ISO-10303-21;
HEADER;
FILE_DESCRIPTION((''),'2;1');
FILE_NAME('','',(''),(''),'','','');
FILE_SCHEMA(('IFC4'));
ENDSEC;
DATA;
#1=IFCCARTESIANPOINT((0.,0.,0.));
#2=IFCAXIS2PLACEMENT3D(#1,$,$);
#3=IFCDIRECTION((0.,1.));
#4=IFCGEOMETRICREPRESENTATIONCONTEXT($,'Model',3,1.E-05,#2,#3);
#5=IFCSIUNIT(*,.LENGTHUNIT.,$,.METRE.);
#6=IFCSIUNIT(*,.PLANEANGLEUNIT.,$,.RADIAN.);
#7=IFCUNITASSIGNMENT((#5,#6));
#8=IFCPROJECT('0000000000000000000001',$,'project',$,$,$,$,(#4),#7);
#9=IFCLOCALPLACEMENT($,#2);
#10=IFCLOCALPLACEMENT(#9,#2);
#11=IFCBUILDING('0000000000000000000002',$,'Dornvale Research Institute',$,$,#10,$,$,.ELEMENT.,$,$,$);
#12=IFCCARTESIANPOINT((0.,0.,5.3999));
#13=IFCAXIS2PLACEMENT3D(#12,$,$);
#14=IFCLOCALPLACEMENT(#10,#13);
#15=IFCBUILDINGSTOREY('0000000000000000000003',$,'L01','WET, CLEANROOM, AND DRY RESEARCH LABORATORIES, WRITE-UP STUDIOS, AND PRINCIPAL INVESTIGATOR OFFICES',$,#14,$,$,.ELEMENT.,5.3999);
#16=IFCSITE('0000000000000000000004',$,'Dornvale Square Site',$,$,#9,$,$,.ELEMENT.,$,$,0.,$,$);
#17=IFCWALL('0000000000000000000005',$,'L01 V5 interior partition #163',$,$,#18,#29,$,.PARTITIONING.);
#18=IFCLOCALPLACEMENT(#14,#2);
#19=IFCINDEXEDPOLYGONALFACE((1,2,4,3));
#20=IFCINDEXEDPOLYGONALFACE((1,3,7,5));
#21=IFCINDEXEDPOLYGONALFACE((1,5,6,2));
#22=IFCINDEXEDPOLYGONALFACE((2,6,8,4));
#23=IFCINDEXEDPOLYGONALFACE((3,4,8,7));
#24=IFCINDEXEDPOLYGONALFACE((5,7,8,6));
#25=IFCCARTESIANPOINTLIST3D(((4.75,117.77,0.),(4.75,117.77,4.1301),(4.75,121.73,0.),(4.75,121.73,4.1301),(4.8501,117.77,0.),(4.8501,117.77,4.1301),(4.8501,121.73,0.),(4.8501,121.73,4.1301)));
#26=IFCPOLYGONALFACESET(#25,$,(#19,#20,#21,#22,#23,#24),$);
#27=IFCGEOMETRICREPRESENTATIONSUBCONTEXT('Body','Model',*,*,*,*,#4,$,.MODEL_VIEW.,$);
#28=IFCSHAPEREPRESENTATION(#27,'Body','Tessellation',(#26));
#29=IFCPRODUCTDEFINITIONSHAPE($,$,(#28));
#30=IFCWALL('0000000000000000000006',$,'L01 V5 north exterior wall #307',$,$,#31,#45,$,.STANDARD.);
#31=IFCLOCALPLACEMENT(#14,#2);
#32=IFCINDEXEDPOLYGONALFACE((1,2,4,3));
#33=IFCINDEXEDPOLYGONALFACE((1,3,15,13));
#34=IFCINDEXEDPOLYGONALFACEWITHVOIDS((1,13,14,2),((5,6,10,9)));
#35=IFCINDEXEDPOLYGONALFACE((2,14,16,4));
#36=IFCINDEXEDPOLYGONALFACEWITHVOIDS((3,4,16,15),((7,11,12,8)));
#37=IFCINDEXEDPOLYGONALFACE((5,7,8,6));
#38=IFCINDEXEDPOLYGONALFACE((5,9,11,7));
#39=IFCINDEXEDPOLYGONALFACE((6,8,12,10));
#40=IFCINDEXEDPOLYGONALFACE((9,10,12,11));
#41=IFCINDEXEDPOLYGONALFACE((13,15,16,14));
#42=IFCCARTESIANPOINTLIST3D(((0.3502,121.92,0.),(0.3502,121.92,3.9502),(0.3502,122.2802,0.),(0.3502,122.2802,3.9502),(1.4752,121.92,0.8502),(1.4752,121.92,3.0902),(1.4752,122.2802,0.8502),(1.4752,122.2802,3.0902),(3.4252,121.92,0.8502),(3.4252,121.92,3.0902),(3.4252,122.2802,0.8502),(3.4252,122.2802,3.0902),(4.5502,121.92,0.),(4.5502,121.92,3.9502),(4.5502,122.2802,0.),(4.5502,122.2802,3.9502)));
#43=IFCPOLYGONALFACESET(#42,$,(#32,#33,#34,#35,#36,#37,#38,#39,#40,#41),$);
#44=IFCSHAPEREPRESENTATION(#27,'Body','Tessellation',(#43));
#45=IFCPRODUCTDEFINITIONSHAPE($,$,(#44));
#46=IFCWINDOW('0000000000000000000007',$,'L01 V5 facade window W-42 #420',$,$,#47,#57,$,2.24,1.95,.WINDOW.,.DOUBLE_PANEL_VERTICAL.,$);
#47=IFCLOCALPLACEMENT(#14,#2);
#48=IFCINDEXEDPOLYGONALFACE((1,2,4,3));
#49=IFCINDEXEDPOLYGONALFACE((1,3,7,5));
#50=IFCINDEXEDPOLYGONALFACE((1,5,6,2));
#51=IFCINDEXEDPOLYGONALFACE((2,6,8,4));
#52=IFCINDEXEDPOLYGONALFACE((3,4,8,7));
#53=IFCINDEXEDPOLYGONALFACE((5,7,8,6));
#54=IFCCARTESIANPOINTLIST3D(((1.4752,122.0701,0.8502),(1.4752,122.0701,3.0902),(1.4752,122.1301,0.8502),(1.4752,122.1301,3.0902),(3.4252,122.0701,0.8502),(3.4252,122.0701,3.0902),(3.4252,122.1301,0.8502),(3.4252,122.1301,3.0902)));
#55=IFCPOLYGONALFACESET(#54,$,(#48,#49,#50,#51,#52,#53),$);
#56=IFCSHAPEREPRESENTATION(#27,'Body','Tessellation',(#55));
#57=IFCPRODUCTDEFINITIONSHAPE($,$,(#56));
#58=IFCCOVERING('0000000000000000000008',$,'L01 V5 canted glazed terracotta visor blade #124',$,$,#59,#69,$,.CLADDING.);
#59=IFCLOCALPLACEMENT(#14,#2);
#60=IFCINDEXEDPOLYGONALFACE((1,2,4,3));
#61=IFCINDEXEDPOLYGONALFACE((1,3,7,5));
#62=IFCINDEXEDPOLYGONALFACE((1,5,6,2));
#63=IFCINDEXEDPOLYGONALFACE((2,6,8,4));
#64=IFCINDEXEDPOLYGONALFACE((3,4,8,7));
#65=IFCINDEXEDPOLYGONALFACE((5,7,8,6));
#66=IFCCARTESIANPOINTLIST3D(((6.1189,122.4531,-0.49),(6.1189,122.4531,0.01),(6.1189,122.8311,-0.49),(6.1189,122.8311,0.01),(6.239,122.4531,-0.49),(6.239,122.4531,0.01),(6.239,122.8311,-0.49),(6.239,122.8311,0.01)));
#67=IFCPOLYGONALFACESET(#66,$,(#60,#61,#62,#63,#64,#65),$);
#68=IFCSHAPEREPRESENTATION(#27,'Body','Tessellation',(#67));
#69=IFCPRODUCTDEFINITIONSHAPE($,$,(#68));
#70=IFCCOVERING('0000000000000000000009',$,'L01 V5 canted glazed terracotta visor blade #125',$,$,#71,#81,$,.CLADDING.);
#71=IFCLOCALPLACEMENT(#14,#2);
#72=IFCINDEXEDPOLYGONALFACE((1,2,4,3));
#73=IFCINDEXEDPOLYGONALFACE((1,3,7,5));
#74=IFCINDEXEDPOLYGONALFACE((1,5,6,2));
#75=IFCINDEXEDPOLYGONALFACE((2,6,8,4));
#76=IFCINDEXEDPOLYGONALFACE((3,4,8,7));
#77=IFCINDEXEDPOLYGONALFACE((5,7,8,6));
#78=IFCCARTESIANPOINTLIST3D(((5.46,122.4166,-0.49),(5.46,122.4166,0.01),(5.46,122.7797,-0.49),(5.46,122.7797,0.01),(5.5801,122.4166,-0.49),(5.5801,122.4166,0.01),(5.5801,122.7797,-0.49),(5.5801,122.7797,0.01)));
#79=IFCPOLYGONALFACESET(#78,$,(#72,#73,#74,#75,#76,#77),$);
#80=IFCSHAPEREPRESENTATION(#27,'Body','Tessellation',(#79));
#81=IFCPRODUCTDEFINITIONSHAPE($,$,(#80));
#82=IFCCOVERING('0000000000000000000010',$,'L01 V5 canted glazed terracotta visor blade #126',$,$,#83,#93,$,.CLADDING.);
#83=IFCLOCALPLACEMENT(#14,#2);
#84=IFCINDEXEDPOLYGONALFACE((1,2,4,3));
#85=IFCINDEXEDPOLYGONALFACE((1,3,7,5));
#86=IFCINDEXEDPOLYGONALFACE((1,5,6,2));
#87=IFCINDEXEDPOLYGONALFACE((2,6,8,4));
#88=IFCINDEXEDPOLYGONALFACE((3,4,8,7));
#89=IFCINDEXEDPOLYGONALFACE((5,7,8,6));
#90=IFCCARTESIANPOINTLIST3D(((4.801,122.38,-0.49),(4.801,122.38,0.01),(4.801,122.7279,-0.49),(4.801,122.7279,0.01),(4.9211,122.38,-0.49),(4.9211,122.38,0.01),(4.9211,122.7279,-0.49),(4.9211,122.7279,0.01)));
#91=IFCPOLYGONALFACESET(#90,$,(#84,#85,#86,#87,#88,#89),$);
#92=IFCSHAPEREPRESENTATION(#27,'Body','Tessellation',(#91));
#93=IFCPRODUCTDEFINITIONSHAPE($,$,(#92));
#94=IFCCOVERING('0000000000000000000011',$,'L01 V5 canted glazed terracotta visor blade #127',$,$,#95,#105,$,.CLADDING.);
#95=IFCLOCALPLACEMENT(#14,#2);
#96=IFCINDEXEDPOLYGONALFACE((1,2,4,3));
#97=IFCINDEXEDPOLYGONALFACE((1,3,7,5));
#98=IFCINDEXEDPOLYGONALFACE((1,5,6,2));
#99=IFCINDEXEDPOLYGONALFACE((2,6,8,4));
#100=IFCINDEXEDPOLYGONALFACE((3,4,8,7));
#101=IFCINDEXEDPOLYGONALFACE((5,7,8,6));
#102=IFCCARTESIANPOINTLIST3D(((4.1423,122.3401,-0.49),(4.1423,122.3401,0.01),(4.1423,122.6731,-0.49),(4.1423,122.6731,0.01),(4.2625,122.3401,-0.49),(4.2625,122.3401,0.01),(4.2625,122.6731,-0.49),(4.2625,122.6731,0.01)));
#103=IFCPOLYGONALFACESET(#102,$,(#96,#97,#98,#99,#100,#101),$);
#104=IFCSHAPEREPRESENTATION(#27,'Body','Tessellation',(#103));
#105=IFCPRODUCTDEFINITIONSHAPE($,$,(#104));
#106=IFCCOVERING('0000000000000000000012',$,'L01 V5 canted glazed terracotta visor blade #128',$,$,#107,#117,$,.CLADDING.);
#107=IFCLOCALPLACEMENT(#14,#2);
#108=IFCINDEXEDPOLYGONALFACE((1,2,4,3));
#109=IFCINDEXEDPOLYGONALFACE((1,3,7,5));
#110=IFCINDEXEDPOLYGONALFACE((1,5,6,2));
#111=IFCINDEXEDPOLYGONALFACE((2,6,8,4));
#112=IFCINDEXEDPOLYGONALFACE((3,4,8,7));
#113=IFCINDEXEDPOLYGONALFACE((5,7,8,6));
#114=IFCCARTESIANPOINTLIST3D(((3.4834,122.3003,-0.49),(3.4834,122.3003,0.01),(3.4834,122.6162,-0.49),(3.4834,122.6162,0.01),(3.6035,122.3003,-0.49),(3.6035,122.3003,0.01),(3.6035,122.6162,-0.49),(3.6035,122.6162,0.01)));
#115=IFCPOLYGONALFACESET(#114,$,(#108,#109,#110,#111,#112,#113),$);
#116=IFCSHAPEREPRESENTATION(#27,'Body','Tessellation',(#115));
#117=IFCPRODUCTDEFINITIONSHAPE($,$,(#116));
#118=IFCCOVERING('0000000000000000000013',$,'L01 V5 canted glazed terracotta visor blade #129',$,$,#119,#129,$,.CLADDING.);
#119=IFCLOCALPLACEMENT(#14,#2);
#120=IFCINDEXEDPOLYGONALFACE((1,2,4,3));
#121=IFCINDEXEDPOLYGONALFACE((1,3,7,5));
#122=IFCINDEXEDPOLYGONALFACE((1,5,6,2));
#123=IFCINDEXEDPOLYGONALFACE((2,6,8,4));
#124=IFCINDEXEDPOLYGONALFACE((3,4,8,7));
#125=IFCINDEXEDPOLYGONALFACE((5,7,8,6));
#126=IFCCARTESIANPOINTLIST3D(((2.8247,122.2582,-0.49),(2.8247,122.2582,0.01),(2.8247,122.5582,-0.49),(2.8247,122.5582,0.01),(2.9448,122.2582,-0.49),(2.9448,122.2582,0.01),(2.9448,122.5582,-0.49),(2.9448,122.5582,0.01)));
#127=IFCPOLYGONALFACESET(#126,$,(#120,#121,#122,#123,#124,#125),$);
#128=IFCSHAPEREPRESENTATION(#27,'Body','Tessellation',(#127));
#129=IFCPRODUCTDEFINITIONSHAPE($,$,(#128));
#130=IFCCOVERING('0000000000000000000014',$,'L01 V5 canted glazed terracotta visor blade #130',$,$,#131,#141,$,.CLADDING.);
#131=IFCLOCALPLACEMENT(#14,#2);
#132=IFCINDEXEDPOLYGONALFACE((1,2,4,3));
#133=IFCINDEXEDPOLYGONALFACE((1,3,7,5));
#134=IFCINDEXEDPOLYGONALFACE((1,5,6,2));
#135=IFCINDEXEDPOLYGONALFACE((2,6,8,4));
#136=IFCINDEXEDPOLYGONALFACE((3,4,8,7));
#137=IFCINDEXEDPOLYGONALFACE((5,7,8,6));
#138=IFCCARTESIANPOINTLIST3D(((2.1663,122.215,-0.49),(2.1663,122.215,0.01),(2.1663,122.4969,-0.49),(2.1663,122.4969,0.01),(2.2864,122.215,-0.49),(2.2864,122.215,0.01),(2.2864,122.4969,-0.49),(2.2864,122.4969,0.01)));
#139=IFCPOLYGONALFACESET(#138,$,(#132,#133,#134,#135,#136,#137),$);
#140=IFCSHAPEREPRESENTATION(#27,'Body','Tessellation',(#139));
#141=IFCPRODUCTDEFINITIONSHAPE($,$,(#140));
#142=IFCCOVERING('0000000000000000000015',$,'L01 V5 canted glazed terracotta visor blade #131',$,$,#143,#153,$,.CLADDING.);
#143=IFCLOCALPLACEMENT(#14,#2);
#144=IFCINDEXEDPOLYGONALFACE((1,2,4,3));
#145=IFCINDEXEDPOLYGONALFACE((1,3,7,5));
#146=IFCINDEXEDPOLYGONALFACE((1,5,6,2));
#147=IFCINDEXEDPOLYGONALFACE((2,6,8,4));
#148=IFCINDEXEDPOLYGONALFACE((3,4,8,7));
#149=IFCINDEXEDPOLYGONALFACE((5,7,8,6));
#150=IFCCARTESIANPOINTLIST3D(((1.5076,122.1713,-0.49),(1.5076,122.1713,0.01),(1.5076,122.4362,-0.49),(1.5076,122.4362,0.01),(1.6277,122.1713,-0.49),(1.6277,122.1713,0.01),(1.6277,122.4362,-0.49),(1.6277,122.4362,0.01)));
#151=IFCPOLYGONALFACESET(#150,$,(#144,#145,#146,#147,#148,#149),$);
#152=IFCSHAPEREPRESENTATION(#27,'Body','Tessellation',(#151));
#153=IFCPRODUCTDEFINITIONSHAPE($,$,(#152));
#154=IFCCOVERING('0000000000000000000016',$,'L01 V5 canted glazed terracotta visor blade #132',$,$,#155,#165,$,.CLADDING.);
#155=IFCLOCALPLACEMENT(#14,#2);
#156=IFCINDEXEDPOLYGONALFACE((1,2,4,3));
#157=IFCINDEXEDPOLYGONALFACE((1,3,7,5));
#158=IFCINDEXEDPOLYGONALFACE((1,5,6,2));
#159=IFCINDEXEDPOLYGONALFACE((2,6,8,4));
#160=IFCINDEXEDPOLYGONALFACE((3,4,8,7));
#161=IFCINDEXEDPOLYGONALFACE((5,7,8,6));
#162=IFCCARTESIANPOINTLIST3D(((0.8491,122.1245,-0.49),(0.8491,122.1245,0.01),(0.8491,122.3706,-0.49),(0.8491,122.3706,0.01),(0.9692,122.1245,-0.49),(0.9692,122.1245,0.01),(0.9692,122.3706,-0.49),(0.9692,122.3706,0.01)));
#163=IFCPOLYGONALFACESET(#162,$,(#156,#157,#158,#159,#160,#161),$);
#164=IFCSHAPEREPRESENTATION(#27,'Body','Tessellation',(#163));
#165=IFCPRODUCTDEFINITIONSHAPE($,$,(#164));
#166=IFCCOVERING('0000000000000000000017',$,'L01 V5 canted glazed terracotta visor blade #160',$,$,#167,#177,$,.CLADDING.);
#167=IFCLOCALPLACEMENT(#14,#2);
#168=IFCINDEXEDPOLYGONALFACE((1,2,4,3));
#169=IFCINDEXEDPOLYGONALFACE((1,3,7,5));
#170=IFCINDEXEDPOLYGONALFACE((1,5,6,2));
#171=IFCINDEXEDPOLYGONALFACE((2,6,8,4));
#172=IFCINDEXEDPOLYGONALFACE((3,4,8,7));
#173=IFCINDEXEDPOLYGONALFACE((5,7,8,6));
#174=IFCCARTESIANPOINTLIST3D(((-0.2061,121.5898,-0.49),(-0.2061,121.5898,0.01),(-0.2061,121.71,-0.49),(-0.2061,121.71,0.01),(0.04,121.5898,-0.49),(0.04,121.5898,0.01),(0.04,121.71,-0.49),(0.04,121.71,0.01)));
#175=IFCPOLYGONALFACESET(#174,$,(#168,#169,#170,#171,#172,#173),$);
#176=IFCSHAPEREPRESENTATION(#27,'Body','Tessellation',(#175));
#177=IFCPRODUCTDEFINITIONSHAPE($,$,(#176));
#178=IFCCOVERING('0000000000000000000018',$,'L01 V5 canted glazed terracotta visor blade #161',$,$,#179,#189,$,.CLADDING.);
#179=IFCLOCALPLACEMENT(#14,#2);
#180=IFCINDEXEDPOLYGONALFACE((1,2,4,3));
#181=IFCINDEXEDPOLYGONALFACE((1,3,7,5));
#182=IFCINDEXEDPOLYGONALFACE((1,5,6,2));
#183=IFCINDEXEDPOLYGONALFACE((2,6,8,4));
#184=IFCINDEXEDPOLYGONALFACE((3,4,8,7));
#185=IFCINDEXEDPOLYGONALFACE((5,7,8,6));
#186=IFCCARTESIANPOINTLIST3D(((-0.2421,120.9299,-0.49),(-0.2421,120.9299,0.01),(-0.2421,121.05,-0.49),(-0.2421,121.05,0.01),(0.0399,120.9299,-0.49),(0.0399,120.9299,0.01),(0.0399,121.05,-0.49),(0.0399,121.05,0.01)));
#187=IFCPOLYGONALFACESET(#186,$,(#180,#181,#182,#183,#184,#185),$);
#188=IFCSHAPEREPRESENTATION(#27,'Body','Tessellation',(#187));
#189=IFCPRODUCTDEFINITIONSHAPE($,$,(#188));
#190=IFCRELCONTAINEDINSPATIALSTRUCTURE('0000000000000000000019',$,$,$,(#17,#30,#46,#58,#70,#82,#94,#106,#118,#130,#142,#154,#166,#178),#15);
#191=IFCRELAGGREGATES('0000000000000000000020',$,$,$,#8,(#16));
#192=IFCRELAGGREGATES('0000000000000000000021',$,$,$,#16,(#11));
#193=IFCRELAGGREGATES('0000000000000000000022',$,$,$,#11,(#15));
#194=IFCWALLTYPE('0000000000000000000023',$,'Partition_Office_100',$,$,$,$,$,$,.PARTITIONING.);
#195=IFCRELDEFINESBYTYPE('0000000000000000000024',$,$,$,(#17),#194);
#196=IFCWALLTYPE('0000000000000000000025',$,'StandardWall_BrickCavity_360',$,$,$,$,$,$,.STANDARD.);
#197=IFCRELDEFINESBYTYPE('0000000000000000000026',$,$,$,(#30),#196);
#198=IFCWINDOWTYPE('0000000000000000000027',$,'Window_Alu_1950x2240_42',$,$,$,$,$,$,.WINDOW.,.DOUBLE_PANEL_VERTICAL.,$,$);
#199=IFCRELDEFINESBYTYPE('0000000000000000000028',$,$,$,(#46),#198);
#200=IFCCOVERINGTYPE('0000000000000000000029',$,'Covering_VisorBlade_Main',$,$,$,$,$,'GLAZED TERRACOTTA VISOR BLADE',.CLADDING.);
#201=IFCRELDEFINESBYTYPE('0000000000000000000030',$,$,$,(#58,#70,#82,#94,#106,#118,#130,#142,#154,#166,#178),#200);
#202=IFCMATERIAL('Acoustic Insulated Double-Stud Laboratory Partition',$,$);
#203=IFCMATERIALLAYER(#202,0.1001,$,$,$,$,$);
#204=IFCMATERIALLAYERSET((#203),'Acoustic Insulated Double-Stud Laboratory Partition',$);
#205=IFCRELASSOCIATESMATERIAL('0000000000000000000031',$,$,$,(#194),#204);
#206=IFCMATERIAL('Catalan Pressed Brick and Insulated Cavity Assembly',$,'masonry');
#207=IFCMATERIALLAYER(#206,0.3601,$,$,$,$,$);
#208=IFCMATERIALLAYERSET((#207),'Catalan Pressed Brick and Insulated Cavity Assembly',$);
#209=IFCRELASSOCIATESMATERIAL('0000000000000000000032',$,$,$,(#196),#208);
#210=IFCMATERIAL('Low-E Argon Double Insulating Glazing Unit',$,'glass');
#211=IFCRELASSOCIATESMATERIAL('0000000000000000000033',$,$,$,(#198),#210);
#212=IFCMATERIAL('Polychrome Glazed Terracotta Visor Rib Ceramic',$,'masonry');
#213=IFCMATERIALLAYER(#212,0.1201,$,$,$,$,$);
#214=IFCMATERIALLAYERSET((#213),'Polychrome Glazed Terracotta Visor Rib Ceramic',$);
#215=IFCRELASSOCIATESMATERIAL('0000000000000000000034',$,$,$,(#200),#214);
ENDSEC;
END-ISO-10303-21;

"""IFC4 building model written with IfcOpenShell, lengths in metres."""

from ifc_helpers import new_model, si_unit, direction, frame, frame_2d, origin, origin_2d, place, context, subcontext, project, spatial, rectangle, extrude, material, layer, layer_set, type_object, element, fill, save


model = new_model("IFC4")

# Units and contexts
model_context = context("Model", 3, precision=1e-05, world=origin(), true_north=direction((0.0, 1.0)))
body_context = subcontext(model_context, "Body", "Model", "MODEL_VIEW")
ifc_project = project(units=[si_unit("LENGTHUNIT", "METRE"), si_unit("PLANEANGLEUNIT", "RADIAN")], contexts=[model_context])

# Site, building, storey
site_placement = place(None, origin())
site = spatial("IfcSite", under=ifc_project, at=site_placement, Name="Dornvale Square Site", CompositionType="ELEMENT", RefElevation=0.0)
building_placement = place(site_placement, origin())
building = spatial("IfcBuilding", under=site, at=building_placement, Name="Dornvale Research Institute", CompositionType="ELEMENT")
storey_placement = place(building_placement, frame((0.0, 0.0, 5.3999)))
storey = spatial("IfcBuildingStorey", under=building, at=storey_placement, Name="L01", Description="WET, CLEANROOM, AND DRY RESEARCH LABORATORIES, WRITE-UP STUDIOS, AND PRINCIPAL INVESTIGATOR OFFICES", CompositionType="ELEMENT", Elevation=5.3999)

# Wall
ifc_material_1 = material(Name="Acoustic Insulated Double-Stud Laboratory Partition")
ifc_layer_1 = layer(ifc_material_1, 0.1001)
ifc_layer_set_1 = layer_set([ifc_layer_1], Name="Acoustic Insulated Double-Stud Laboratory Partition")
wall_type_1 = type_object("IfcWallType", Name="Partition_Office_100", PredefinedType="PARTITIONING", material=ifc_layer_set_1)
wall_1_placement = place(storey_placement, frame((4.8, 117.77, 0.0), z_axis=(0.0, 0.0, 1.0), x_axis=(0.0, 1.0, 0.0)))
element("IfcWall", 1, at=wall_1_placement, inside=storey, type_object=wall_type_1, Name="L01 V5 interior partition #163", PredefinedType="PARTITIONING", context=body_context, shape_type="SweptSolid", body=[
    extrude(rectangle(XDim=3.96, YDim=0.1001, at=frame_2d((1.98, 0.0))), origin(), (0.0, 0.0, 1.0), 4.1301),
])

# Wall, opening, window
ifc_material_2 = material(Name="Catalan Pressed Brick and Insulated Cavity Assembly", Category="masonry")
ifc_layer_2 = layer(ifc_material_2, 0.3601)
ifc_layer_set_2 = layer_set([ifc_layer_2], Name="Catalan Pressed Brick and Insulated Cavity Assembly")
wall_type_2 = type_object("IfcWallType", Name="StandardWall_BrickCavity_360", PredefinedType="STANDARD", material=ifc_layer_set_2)
wall_2_placement = place(storey_placement, frame((0.3501, 122.1001, 0.0), z_axis=(0.0, 0.0, 1.0), x_axis=(1.0, 0.0, 0.0)))
wall_2 = element("IfcWall", 2, at=wall_2_placement, inside=storey, type_object=wall_type_2, Name="L01 V5 north exterior wall #307", PredefinedType="STANDARD", context=body_context, shape_type="SweptSolid", body=[
    extrude(rectangle(XDim=4.2, YDim=0.3601, at=frame_2d((2.1001, 0.0))), origin(), (0.0, 0.0, 1.0), 3.9502),
])
opening_placement = place(wall_2_placement, frame((1.125, 0.0, 0.8501)))
opening = element("IfcOpeningElement", 3, at=opening_placement, cuts=wall_2, PredefinedType="OPENING", context=body_context, shape_type="SweptSolid", body=[
    extrude(rectangle(XDim=1.95, YDim=2.24, at=frame_2d((0.9751, 1.1201))), frame((0.0, 0.1951, 0.0), z_axis=(0.0, -1.0, 0.0), x_axis=(1.0, 0.0, 0.0)), (0.0, 0.0, 1.0), 0.3901),
])
ifc_material_3 = material(Name="Low-E Argon Double Insulating Glazing Unit", Category="glass")
window_type = type_object("IfcWindowType", Name="Window_Alu_1950x2240_42", PartitioningType="DOUBLE_PANEL_VERTICAL", PredefinedType="WINDOW", material=ifc_material_3)
window_placement = place(opening_placement, origin())
window = element("IfcWindow", 4, at=window_placement, inside=storey, type_object=window_type, Name="L01 V5 facade window W-42 #420", OverallHeight=2.24, OverallWidth=1.95, PartitioningType="DOUBLE_PANEL_VERTICAL", PredefinedType="WINDOW", context=body_context, shape_type="SweptSolid", body=[
    extrude(rectangle(XDim=1.95, YDim=2.24, at=frame_2d((0.9751, 1.1201))), frame((0.0, 0.03, 0.0), z_axis=(0.0, -1.0, 0.0), x_axis=(1.0, 0.0, 0.0)), (0.0, 0.0, 1.0), 0.0601),
])
fill(opening, window)

# Coverings
ifc_material_4 = material(Name="Polychrome Glazed Terracotta Visor Rib Ceramic", Category="masonry")
ifc_layer_3 = layer(ifc_material_4, 0.1201)
ifc_layer_set_3 = layer_set([ifc_layer_3], Name="Polychrome Glazed Terracotta Visor Rib Ceramic")
covering_type = type_object("IfcCoveringType", Name="Covering_VisorBlade_Main", ElementType="GLAZED TERRACOTTA VISOR BLADE", PredefinedType="CLADDING", material=ifc_layer_set_3)
covering_1_placement = place(storey_placement, frame((6.179, 122.6421, -0.49), z_axis=(0.0, 0.0, 1.0), x_axis=(0.0, 1.0, 0.0)))
element("IfcCovering", 5, at=covering_1_placement, inside=storey, type_object=covering_type, Name="L01 V5 canted glazed terracotta visor blade #124", PredefinedType="CLADDING", context=body_context, shape_type="SweptSolid", body=[
    extrude(rectangle(XDim=0.3779, YDim=0.1201, at=origin_2d()), origin(), (0.0, 0.0, 1.0), 0.5),
])
covering_2_placement = place(storey_placement, frame((5.52, 122.5981, -0.49), z_axis=(0.0, 0.0, 1.0), x_axis=(0.0, 1.0, 0.0)))
element("IfcCovering", 6, at=covering_2_placement, inside=storey, type_object=covering_type, Name="L01 V5 canted glazed terracotta visor blade #125", PredefinedType="CLADDING", context=body_context, shape_type="SweptSolid", body=[
    extrude(rectangle(XDim=0.363, YDim=0.1201, at=origin_2d()), origin(), (0.0, 0.0, 1.0), 0.5),
])
covering_3_placement = place(storey_placement, frame((4.8611, 122.554, -0.49), z_axis=(0.0, 0.0, 1.0), x_axis=(0.0, 1.0, 0.0)))
element("IfcCovering", 7, at=covering_3_placement, inside=storey, type_object=covering_type, Name="L01 V5 canted glazed terracotta visor blade #126", PredefinedType="CLADDING", context=body_context, shape_type="SweptSolid", body=[
    extrude(rectangle(XDim=0.3479, YDim=0.1201, at=origin_2d()), origin(), (0.0, 0.0, 1.0), 0.5),
])
covering_4_placement = place(storey_placement, frame((4.2024, 122.5066, -0.49), z_axis=(0.0, 0.0, 1.0), x_axis=(0.0, 1.0, 0.0)))
element("IfcCovering", 8, at=covering_4_placement, inside=storey, type_object=covering_type, Name="L01 V5 canted glazed terracotta visor blade #127", PredefinedType="CLADDING", context=body_context, shape_type="SweptSolid", body=[
    extrude(rectangle(XDim=0.333, YDim=0.1201, at=origin_2d()), origin(), (0.0, 0.0, 1.0), 0.5),
])
covering_5_placement = place(storey_placement, frame((3.5435, 122.4583, -0.49), z_axis=(0.0, 0.0, 1.0), x_axis=(0.0, 1.0, 0.0)))
element("IfcCovering", 9, at=covering_5_placement, inside=storey, type_object=covering_type, Name="L01 V5 canted glazed terracotta visor blade #128", PredefinedType="CLADDING", context=body_context, shape_type="SweptSolid", body=[
    extrude(rectangle(XDim=0.3159, YDim=0.1201, at=origin_2d()), origin(), (0.0, 0.0, 1.0), 0.5),
])
covering_6_placement = place(storey_placement, frame((2.8848, 122.4082, -0.49), z_axis=(0.0, 0.0, 1.0), x_axis=(0.0, 1.0, 0.0)))
element("IfcCovering", 10, at=covering_6_placement, inside=storey, type_object=covering_type, Name="L01 V5 canted glazed terracotta visor blade #129", PredefinedType="CLADDING", context=body_context, shape_type="SweptSolid", body=[
    extrude(rectangle(XDim=0.3, YDim=0.1201, at=origin_2d()), origin(), (0.0, 0.0, 1.0), 0.5),
])
covering_7_placement = place(storey_placement, frame((2.2263, 122.356, -0.49), z_axis=(0.0, 0.0, 1.0), x_axis=(0.0, 1.0, 0.0)))
element("IfcCovering", 11, at=covering_7_placement, inside=storey, type_object=covering_type, Name="L01 V5 canted glazed terracotta visor blade #130", PredefinedType="CLADDING", context=body_context, shape_type="SweptSolid", body=[
    extrude(rectangle(XDim=0.282, YDim=0.1201, at=origin_2d()), origin(), (0.0, 0.0, 1.0), 0.5),
])
covering_8_placement = place(storey_placement, frame((1.5676, 122.3037, -0.49), z_axis=(0.0, 0.0, 1.0), x_axis=(0.0, 1.0, 0.0)))
element("IfcCovering", 12, at=covering_8_placement, inside=storey, type_object=covering_type, Name="L01 V5 canted glazed terracotta visor blade #131", PredefinedType="CLADDING", context=body_context, shape_type="SweptSolid", body=[
    extrude(rectangle(XDim=0.2649, YDim=0.1201, at=origin_2d()), origin(), (0.0, 0.0, 1.0), 0.5),
])
for number, where, z_axis, x_axis, name in (
    (13, (0.9092, 122.2476, -0.49), (0.0, 0.0, 1.0), (0.0, 1.0, 0.0), "L01 V5 canted glazed terracotta visor blade #132"),
    (14, (-0.083, 121.6499, -0.49), (0.0, 0.0, 1.0), (1.0, 0.0, 0.0), "L01 V5 canted glazed terracotta visor blade #160"),
):
    element("IfcCovering", number, at=place(storey_placement, frame(where, z_axis=z_axis, x_axis=x_axis)), inside=storey, type_object=covering_type, Name=name, PredefinedType="CLADDING", context=body_context, shape_type="SweptSolid", body=[
        extrude(rectangle(XDim=0.2461, YDim=0.1201, at=origin_2d()), origin(), (0.0, 0.0, 1.0), 0.5),
    ])
covering_9_placement = place(storey_placement, frame((-0.1011, 120.99, -0.49), z_axis=(0.0, 0.0, 1.0), x_axis=(1.0, 0.0, 0.0)))
element("IfcCovering", 15, at=covering_9_placement, inside=storey, type_object=covering_type, Name="L01 V5 canted glazed terracotta visor blade #161", PredefinedType="CLADDING", context=body_context, shape_type="SweptSolid", body=[
    extrude(rectangle(XDim=0.282, YDim=0.1201, at=origin_2d()), origin(), (0.0, 0.0, 1.0), 0.5),
])

save(model, "model.ifc")
